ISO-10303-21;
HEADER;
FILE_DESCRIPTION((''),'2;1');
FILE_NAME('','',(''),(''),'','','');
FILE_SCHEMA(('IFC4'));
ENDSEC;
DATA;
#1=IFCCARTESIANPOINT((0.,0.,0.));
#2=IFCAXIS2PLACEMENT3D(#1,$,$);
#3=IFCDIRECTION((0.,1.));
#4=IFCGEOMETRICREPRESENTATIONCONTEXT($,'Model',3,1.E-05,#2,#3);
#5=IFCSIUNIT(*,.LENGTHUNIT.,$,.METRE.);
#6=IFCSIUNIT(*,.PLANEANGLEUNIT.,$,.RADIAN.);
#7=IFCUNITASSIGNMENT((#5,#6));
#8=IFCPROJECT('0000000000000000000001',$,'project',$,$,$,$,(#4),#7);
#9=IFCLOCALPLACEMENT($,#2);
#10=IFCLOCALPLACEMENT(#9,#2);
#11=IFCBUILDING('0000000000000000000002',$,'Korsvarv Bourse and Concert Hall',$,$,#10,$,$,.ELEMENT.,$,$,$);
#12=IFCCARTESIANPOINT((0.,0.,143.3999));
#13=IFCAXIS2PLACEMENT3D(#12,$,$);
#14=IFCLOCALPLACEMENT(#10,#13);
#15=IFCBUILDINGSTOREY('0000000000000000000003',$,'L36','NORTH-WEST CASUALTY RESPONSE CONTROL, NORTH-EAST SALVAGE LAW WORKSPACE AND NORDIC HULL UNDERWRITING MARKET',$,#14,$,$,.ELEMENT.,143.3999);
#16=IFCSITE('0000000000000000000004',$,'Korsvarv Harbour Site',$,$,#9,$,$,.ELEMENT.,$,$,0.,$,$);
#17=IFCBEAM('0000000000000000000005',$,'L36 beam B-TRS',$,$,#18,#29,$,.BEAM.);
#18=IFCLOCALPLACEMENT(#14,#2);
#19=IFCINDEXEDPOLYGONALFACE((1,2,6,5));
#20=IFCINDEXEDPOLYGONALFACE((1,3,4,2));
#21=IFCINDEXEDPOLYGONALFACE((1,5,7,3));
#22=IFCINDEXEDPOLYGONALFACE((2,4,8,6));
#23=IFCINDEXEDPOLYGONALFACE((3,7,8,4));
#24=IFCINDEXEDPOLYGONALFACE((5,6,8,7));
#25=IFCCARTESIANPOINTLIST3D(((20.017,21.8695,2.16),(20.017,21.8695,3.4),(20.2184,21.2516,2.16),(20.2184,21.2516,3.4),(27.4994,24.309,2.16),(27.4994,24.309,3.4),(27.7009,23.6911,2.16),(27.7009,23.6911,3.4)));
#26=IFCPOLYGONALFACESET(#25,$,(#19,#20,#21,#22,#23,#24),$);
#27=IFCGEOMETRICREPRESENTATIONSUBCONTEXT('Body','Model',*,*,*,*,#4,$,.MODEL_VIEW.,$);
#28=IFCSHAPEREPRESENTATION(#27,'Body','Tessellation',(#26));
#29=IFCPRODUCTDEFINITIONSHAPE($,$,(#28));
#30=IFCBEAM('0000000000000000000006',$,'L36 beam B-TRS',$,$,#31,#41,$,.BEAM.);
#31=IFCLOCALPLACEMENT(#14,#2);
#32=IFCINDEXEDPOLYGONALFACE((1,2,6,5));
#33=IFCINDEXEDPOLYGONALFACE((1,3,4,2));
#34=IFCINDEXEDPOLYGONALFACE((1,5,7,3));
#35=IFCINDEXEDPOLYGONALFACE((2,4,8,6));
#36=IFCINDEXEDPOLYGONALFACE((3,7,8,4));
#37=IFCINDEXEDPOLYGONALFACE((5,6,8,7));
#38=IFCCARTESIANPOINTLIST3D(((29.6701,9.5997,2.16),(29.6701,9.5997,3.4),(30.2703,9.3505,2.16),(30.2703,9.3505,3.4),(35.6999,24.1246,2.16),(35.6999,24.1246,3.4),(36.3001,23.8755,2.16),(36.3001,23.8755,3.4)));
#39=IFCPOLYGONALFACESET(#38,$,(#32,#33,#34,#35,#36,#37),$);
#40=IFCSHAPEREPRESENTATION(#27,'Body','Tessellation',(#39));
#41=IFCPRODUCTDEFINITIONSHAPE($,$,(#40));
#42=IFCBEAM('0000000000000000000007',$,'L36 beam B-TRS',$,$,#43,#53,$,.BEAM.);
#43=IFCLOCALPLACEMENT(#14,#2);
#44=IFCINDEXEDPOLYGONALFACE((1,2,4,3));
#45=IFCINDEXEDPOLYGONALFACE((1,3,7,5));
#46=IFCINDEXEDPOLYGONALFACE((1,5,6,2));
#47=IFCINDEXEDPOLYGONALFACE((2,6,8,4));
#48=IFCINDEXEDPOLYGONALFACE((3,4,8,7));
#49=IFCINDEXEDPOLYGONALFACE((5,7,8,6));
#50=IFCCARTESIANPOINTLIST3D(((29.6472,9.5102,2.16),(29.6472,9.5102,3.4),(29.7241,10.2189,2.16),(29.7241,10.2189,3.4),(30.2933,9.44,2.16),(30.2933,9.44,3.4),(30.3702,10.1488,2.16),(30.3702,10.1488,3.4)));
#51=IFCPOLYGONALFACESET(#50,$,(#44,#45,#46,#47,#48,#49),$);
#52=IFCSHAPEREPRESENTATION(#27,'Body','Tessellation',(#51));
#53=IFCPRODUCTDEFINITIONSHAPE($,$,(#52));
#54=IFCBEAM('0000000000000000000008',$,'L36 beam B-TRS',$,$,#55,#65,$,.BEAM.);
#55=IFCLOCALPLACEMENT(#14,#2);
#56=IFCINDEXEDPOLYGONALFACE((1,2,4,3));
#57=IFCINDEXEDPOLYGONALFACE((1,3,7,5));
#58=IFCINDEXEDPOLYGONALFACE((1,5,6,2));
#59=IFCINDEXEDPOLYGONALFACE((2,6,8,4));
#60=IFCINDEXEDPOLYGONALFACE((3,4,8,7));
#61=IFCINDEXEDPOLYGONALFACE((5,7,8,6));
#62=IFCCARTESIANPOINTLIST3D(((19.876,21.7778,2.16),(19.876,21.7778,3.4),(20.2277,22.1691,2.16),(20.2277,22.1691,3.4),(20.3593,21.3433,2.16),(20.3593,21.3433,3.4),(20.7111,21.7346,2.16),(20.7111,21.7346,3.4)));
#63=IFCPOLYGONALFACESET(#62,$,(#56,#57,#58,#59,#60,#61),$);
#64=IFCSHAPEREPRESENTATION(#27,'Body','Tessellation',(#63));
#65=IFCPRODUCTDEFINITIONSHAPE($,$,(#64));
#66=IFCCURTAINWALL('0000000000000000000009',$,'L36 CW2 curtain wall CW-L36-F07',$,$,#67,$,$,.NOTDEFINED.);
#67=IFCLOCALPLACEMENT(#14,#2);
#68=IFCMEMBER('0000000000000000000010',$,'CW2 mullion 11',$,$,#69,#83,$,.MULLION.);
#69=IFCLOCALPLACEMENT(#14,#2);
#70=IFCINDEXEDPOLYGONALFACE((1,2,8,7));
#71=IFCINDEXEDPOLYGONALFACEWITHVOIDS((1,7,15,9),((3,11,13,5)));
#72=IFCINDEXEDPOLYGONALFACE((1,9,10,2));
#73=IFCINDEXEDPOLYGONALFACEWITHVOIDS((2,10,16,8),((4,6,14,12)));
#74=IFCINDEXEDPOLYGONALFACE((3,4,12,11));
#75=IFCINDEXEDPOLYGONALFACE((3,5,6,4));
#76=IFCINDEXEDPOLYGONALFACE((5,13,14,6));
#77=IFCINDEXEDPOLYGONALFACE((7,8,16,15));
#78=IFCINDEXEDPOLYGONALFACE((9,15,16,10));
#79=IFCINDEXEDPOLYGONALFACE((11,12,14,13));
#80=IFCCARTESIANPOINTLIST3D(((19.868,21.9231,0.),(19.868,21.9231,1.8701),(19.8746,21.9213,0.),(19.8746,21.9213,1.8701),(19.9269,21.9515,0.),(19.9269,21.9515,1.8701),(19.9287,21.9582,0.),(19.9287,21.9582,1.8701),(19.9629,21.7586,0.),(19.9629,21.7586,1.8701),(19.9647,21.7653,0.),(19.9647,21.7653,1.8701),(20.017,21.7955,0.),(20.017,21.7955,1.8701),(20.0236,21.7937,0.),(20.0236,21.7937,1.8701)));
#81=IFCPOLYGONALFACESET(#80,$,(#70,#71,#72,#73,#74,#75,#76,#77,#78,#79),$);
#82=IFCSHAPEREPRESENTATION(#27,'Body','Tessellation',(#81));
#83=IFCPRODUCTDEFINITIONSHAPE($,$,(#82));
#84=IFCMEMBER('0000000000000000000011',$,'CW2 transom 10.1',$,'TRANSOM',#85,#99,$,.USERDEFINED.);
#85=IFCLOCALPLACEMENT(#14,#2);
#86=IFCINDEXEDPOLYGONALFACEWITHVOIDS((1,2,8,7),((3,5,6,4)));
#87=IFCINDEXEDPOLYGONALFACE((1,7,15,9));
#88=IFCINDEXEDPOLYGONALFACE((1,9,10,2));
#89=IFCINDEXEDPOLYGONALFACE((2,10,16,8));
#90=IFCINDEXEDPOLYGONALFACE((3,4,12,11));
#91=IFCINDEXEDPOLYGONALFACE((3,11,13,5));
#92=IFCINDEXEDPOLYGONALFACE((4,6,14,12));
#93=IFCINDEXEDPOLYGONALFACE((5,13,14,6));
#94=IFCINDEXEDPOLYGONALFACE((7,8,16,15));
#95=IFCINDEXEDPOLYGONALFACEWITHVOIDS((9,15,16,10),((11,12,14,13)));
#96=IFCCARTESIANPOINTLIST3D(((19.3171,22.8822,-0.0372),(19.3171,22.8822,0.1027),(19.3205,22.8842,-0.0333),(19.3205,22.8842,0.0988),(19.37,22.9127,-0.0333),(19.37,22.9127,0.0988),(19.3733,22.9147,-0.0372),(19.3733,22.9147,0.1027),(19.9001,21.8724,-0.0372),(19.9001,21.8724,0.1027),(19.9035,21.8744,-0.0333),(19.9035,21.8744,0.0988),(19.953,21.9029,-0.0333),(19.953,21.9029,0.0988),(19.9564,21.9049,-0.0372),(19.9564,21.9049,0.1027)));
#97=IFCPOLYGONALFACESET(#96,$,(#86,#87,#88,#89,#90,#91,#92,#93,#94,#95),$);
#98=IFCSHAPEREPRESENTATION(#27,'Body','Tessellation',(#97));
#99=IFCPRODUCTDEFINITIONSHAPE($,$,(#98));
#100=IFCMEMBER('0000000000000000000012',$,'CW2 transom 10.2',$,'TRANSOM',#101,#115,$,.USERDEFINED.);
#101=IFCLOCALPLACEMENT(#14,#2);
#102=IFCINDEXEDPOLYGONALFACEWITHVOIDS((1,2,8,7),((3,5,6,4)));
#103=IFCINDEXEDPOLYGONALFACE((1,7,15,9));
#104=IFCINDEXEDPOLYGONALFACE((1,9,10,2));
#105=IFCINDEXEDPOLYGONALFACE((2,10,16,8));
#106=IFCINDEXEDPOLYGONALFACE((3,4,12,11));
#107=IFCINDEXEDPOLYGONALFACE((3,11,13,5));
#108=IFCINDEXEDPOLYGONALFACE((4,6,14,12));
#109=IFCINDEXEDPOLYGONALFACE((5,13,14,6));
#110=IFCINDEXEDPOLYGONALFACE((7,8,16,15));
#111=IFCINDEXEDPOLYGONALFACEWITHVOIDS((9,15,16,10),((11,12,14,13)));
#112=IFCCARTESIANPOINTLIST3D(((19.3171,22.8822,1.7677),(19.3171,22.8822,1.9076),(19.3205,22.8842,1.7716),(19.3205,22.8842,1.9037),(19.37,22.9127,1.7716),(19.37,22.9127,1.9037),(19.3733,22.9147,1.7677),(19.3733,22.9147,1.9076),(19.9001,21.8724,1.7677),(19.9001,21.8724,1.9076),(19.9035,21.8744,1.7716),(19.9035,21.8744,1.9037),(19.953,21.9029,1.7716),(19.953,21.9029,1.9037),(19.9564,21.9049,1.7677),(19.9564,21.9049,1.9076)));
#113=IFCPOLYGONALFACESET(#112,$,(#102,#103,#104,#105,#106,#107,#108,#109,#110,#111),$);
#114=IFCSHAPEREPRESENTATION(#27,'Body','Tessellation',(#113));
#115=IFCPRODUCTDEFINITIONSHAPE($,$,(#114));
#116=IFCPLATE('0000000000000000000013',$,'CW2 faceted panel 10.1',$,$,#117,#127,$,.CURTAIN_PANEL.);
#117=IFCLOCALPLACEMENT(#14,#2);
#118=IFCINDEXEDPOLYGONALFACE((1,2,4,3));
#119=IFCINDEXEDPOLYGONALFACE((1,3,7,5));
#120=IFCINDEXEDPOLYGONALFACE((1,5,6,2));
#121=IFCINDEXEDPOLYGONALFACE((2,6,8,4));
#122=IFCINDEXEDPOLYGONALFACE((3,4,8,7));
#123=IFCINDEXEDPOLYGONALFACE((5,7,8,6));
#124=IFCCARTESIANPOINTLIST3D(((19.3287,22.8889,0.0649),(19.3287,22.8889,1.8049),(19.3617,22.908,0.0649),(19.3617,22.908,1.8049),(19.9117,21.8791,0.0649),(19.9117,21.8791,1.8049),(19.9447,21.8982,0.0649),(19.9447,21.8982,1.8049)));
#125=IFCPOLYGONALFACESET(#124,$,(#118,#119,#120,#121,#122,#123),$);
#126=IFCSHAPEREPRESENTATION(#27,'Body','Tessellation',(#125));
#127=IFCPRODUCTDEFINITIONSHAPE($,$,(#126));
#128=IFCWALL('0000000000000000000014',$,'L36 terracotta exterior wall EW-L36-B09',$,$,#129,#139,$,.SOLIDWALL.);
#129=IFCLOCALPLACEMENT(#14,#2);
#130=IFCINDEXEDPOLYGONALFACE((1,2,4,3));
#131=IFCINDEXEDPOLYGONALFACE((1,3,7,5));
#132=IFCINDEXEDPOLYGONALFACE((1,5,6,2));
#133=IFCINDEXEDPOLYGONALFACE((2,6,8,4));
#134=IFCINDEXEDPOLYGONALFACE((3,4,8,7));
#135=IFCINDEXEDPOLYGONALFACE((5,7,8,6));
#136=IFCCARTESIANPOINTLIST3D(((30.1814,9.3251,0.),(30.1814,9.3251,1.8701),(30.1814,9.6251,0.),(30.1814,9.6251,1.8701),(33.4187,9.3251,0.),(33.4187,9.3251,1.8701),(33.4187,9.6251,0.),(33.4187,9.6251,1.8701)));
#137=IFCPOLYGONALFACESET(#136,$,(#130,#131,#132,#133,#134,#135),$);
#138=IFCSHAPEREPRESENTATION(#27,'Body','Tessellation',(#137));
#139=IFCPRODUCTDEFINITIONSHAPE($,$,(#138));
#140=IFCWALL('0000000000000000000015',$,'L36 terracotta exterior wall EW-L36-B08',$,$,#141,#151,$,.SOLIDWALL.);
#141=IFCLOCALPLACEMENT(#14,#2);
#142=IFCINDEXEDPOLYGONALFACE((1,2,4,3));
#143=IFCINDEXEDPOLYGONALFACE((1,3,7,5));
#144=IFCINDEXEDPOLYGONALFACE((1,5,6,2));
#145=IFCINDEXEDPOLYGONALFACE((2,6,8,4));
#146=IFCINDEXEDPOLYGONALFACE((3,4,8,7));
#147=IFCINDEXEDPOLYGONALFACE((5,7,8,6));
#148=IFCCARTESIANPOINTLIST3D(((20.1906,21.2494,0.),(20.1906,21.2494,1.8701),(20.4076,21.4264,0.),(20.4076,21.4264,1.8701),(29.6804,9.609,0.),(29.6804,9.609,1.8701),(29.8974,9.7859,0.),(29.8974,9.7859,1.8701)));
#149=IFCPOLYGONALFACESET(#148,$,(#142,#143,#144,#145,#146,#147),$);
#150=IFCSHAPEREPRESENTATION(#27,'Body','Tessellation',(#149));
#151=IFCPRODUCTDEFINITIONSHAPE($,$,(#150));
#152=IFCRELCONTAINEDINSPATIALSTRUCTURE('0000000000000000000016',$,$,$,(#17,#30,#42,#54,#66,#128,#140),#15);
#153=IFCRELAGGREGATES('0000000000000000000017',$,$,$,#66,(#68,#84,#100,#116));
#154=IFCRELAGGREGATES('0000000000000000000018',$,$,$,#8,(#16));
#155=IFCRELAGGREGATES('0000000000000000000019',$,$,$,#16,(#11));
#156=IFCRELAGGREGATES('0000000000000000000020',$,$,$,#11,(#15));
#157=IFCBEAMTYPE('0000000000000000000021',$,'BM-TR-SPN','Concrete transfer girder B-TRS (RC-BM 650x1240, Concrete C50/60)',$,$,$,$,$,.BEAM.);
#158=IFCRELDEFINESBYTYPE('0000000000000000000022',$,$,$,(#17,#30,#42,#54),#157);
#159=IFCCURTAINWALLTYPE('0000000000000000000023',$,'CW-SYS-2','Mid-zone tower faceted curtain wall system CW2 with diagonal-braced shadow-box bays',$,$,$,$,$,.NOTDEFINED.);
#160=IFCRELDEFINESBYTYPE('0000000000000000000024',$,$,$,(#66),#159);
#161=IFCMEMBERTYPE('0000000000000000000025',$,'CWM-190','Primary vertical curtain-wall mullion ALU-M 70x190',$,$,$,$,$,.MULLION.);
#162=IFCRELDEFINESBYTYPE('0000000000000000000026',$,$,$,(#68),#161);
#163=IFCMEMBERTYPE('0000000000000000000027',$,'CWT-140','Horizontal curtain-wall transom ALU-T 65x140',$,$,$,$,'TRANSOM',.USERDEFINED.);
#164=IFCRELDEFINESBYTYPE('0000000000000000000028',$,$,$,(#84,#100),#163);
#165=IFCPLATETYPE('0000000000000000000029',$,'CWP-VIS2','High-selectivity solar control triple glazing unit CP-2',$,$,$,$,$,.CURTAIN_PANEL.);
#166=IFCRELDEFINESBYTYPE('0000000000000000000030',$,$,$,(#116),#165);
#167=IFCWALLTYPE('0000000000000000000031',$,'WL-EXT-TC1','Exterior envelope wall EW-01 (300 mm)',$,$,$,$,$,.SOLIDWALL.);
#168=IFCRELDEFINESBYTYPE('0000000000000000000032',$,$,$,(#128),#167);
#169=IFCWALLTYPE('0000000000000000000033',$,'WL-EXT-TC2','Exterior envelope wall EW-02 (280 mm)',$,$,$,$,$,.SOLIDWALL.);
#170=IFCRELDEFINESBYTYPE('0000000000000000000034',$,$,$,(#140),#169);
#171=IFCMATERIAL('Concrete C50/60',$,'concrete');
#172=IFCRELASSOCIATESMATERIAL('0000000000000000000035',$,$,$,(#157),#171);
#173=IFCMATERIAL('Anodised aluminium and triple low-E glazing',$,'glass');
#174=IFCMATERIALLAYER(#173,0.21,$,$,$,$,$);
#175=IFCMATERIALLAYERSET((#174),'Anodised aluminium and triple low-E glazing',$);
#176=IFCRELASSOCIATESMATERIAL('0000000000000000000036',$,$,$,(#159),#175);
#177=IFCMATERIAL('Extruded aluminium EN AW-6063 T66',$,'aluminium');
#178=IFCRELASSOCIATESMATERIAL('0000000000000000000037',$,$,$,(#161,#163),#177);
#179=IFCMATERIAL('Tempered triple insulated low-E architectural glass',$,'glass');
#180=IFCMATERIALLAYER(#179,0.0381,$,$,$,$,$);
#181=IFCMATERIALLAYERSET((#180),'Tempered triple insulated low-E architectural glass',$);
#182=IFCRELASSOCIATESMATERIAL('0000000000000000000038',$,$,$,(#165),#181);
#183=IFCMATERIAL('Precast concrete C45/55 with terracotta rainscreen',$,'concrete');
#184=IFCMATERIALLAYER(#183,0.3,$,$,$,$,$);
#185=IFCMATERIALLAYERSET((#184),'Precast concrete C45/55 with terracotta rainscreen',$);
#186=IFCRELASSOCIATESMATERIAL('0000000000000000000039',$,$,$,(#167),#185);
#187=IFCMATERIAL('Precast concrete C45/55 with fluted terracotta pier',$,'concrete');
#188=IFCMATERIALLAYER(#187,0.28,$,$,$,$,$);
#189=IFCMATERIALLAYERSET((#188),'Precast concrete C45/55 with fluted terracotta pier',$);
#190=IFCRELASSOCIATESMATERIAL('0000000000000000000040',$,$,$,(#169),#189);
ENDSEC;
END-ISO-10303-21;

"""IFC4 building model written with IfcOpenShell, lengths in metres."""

from ifc_helpers import new_model, si_unit, direction, frame, frame_2d, origin, origin_2d, place, context, subcontext, project, spatial, rectangle, hollow_rectangle, extrude, source, transform, mapped, material, layer, layer_set, material_profile, profile_set, type_object, element, aggregate, save


model = new_model("IFC4")

# Units and contexts
model_context = context("Model", 3, precision=1e-05, world=origin(), true_north=direction((0.0, 1.0)))
body_context = subcontext(model_context, "Body", "Model", "MODEL_VIEW")
ifc_project = project(units=[si_unit("LENGTHUNIT", "METRE"), si_unit("PLANEANGLEUNIT", "RADIAN")], contexts=[model_context])

# Site, building, storey
site_placement = place(None, origin())
site = spatial("IfcSite", under=ifc_project, at=site_placement, Name="Korsvarv Harbour Site", CompositionType="ELEMENT", RefElevation=0.0)
building_placement = place(site_placement, origin())
building = spatial("IfcBuilding", under=site, at=building_placement, Name="Korsvarv Bourse and Concert Hall", CompositionType="ELEMENT")
storey_placement = place(building_placement, frame((0.0, 0.0, 143.3999)))
storey = spatial("IfcBuildingStorey", under=building, at=storey_placement, Name="L36", Description="NORTH-WEST CASUALTY RESPONSE CONTROL, NORTH-EAST SALVAGE LAW WORKSPACE AND NORDIC HULL UNDERWRITING MARKET", CompositionType="ELEMENT", Elevation=143.3999)

# Beams
ifc_material_1 = material(Name="Concrete C50/60", Category="concrete")
ifc_material_profile_1 = material_profile(ifc_material_1, rectangle(XDim=0.6499, YDim=1.24, at=origin_2d()), Name="RC-BM 650x1240")
ifc_profile_set_1 = profile_set([ifc_material_profile_1], Name="Concrete C50/60")
beam_type_1 = type_object("IfcBeamType", Name="BM-TR-SPN", Description="Concrete transfer girder B-TRS (RC-BM 650x1240, Concrete C50/60)", PredefinedType="BEAM", material=ifc_profile_set_1)
shared_shape_1 = source(origin(), body_context, "Body", "SweptSolid", [
    extrude(rectangle(XDim=0.6499, YDim=1.24, at=origin_2d()), origin(), (0.0, 0.0, 1.0), 7.8701),
])
beam_1_placement = place(storey_placement, frame((20.1177, 21.5605, 2.78), z_axis=(0.950747, 0.309967, 0.0), x_axis=(-0.309967, 0.950747, 0.0)))
element("IfcBeam", 1, at=beam_1_placement, inside=storey, type_object=beam_type_1, Name="L36 beam B-TRS", PredefinedType="BEAM", context=body_context, shape_type="MappedRepresentation", body=[
    mapped(shared_shape_1, transform((0.0, 0.0, 0.0), scale=1.0)),
])
shared_shape_2 = source(origin(), body_context, "Body", "SweptSolid", [
    extrude(rectangle(XDim=0.6499, YDim=1.24, at=origin_2d()), origin(), (0.0, 0.0, 1.0), 15.7268),
])
beam_2_placement = place(storey_placement, frame((29.9702, 9.4751, 2.78), z_axis=(0.383409, 0.923579, 0.0), x_axis=(-0.923579, 0.383409, 0.0)))
element("IfcBeam", 2, at=beam_2_placement, inside=storey, type_object=beam_type_1, Name="L36 beam B-TRS", PredefinedType="BEAM", context=body_context, shape_type="MappedRepresentation", body=[
    mapped(shared_shape_2, transform((0.0, 0.0, 0.0), scale=1.0)),
])
shared_shape_3 = source(origin(), body_context, "Body", "SweptSolid", [
    extrude(rectangle(XDim=0.6499, YDim=1.24, at=origin_2d()), origin(), (0.0, 0.0, 1.0), 0.7129),
])
beam_3_placement = place(storey_placement, frame((29.9702, 9.4751, 2.78), z_axis=(0.107875, 0.994164, 0.0), x_axis=(-0.994164, 0.107875, 0.0)))
element("IfcBeam", 3, at=beam_3_placement, inside=storey, type_object=beam_type_1, Name="L36 beam B-TRS", PredefinedType="BEAM", context=body_context, shape_type="MappedRepresentation", body=[
    mapped(shared_shape_3, transform((0.0, 0.0, 0.0), scale=1.0)),
])
shared_shape_4 = source(origin(), body_context, "Body", "SweptSolid", [
    extrude(rectangle(XDim=0.6499, YDim=1.24, at=origin_2d()), origin(), (0.0, 0.0, 1.0), 0.5261),
])
beam_4_placement = place(storey_placement, frame((20.1177, 21.5605, 2.78), z_axis=(0.668529, 0.743686, 0.0), x_axis=(-0.743686, 0.668529, 0.0)))
element("IfcBeam", 4, at=beam_4_placement, inside=storey, type_object=beam_type_1, Name="L36 beam B-TRS", PredefinedType="BEAM", context=body_context, shape_type="MappedRepresentation", body=[
    mapped(shared_shape_4, transform((0.0, 0.0, 0.0), scale=1.0)),
])

# Curtain wall, members, plate
ifc_material_2 = material(Name="Anodised aluminium and triple low-E glazing", Category="glass")
ifc_layer_1 = layer(ifc_material_2, 0.21)
ifc_layer_set_1 = layer_set([ifc_layer_1], Name="Anodised aluminium and triple low-E glazing")
curtain_wall_type = type_object("IfcCurtainWallType", Name="CW-SYS-2", Description="Mid-zone tower faceted curtain wall system CW2 with diagonal-braced shadow-box bays", PredefinedType="NOTDEFINED", material=ifc_layer_set_1)
curtain_wall_placement = place(storey_placement, origin())
curtain_wall = element("IfcCurtainWall", 5, at=curtain_wall_placement, inside=storey, type_object=curtain_wall_type, Name="L36 CW2 curtain wall CW-L36-F07", PredefinedType="NOTDEFINED")
ifc_material_3 = material(Name="Extruded aluminium EN AW-6063 T66", Category="aluminium")
ifc_material_profile_2 = material_profile(ifc_material_3, hollow_rectangle(XDim=0.0701, YDim=0.1899, WallThickness=0.0049, at=origin_2d()), Name="ALU-M 70x190")
ifc_profile_set_2 = profile_set([ifc_material_profile_2], Name="Extruded aluminium EN AW-6063 T66")
member_type_1 = type_object("IfcMemberType", Name="CWM-190", Description="Primary vertical curtain-wall mullion ALU-M 70x190", PredefinedType="MULLION", material=ifc_profile_set_2)
shared_shape_5 = source(origin(), body_context, "Body", "SweptSolid", [
    extrude(hollow_rectangle(XDim=0.0701, YDim=0.1899, WallThickness=0.0049, at=origin_2d()), origin(), (0.0, 0.0, 1.0), 1.8701),
])
member_1_placement = place(storey_placement, frame((19.9458, 21.8584, 0.0), z_axis=(0.0, 0.0, 1.0), x_axis=(0.866025, 0.5, 0.0)))
member_1 = element("IfcMember", 6, at=member_1_placement, type_object=member_type_1, Name="CW2 mullion 11", PredefinedType="MULLION", context=body_context, shape_type="MappedRepresentation", body=[
    mapped(shared_shape_5, transform((0.0, 0.0, 0.0), scale=1.0)),
])
ifc_material_profile_3 = material_profile(ifc_material_3, hollow_rectangle(XDim=0.0649, YDim=0.1399, WallThickness=0.0039, at=origin_2d()), Name="ALU-T 65x140")
ifc_profile_set_3 = profile_set([ifc_material_profile_3], Name="Extruded aluminium EN AW-6063 T66")
member_type_2 = type_object("IfcMemberType", Name="CWT-140", Description="Horizontal curtain-wall transom ALU-T 65x140", ElementType="TRANSOM", PredefinedType="USERDEFINED", material=ifc_profile_set_3)
shared_shape_6 = source(origin(), body_context, "Body", "SweptSolid", [
    extrude(hollow_rectangle(XDim=0.0649, YDim=0.1399, WallThickness=0.0039, at=origin_2d()), origin(), (0.0, 0.0, 1.0), 1.166),
])
member_2_placement = place(storey_placement, frame((19.3452, 22.8984, 0.0327), z_axis=(0.500012, -0.866018, 0.0), x_axis=(0.866018, 0.500012, 0.0)))
member_2 = element("IfcMember", 7, at=member_2_placement, type_object=member_type_2, Name="CW2 transom 10.1", ObjectType="TRANSOM", PredefinedType="USERDEFINED", context=body_context, shape_type="MappedRepresentation", body=[
    mapped(shared_shape_6, transform((0.0, 0.0, 0.0), scale=1.0)),
])
member_3_placement = place(storey_placement, frame((19.3452, 22.8984, 1.8376), z_axis=(0.500012, -0.866018, 0.0), x_axis=(0.866018, 0.500012, 0.0)))
member_3 = element("IfcMember", 8, at=member_3_placement, type_object=member_type_2, Name="CW2 transom 10.2", ObjectType="TRANSOM", PredefinedType="USERDEFINED", context=body_context, shape_type="MappedRepresentation", body=[
    mapped(shared_shape_6, transform((0.0, 0.0, 0.0), scale=1.0)),
])
ifc_material_4 = material(Name="Tempered triple insulated low-E architectural glass", Category="glass")
ifc_layer_2 = layer(ifc_material_4, 0.0381)
ifc_layer_set_2 = layer_set([ifc_layer_2], Name="Tempered triple insulated low-E architectural glass")
plate_type = type_object("IfcPlateType", Name="CWP-VIS2", Description="High-selectivity solar control triple glazing unit CP-2", PredefinedType="CURTAIN_PANEL", material=ifc_layer_set_2)
shared_shape_7 = source(origin(), body_context, "Body", "SweptSolid", [
    extrude(rectangle(XDim=1.166, YDim=0.0381, at=origin_2d()), origin(), (0.0, 0.0, 1.0), 1.74),
])
plate_placement = place(storey_placement, frame((19.6367, 22.3936, 0.0649), z_axis=(0.0, 0.0, 1.0), x_axis=(0.5, -0.866025, 0.0)))
plate = element("IfcPlate", 9, at=plate_placement, type_object=plate_type, Name="CW2 faceted panel 10.1", PredefinedType="CURTAIN_PANEL", context=body_context, shape_type="MappedRepresentation", body=[
    mapped(shared_shape_7, transform((0.0, 0.0, 0.0), scale=1.0)),
])
aggregate(curtain_wall, [member_1, member_2, member_3, plate])

# Walls
ifc_material_5 = material(Name="Precast concrete C45/55 with terracotta rainscreen", Category="concrete")
ifc_layer_3 = layer(ifc_material_5, 0.3)
ifc_layer_set_3 = layer_set([ifc_layer_3], Name="Precast concrete C45/55 with terracotta rainscreen")
wall_type_1 = type_object("IfcWallType", Name="WL-EXT-TC1", Description="Exterior envelope wall EW-01 (300 mm)", PredefinedType="SOLIDWALL", material=ifc_layer_set_3)
wall_1_placement = place(storey_placement, frame((30.1814, 9.4751, 0.0), z_axis=(0.0, 0.0, 1.0), x_axis=(1.0, 0.0, 0.0)))
element("IfcWall", 10, at=wall_1_placement, inside=storey, type_object=wall_type_1, Name="L36 terracotta exterior wall EW-L36-B09", PredefinedType="SOLIDWALL", context=body_context, shape_type="SweptSolid", body=[
    extrude(rectangle(XDim=3.2373, YDim=0.3, at=frame_2d((1.6187, 0.0))), origin(), (0.0, 0.0, 1.0), 1.8701),
])
ifc_material_6 = material(Name="Precast concrete C45/55 with fluted terracotta pier", Category="concrete")
ifc_layer_4 = layer(ifc_material_6, 0.28)
ifc_layer_set_4 = layer_set([ifc_layer_4], Name="Precast concrete C45/55 with fluted terracotta pier")
wall_type_2 = type_object("IfcWallType", Name="WL-EXT-TC2", Description="Exterior envelope wall EW-02 (280 mm)", PredefinedType="SOLIDWALL", material=ifc_layer_set_4)
wall_2_placement = place(storey_placement, frame((20.2991, 21.3379, 0.0), z_axis=(0.0, 0.0, 1.0), x_axis=(0.631873, -0.775072, 0.0)))
element("IfcWall", 11, at=wall_2_placement, inside=storey, type_object=wall_type_2, Name="L36 terracotta exterior wall EW-L36-B08", PredefinedType="SOLIDWALL", context=body_context, shape_type="SweptSolid", body=[
    extrude(rectangle(XDim=15.0186, YDim=0.28, at=frame_2d((7.5093, 0.0))), origin(), (0.0, 0.0, 1.0), 1.8701),
])

save(model, "model.ifc")
